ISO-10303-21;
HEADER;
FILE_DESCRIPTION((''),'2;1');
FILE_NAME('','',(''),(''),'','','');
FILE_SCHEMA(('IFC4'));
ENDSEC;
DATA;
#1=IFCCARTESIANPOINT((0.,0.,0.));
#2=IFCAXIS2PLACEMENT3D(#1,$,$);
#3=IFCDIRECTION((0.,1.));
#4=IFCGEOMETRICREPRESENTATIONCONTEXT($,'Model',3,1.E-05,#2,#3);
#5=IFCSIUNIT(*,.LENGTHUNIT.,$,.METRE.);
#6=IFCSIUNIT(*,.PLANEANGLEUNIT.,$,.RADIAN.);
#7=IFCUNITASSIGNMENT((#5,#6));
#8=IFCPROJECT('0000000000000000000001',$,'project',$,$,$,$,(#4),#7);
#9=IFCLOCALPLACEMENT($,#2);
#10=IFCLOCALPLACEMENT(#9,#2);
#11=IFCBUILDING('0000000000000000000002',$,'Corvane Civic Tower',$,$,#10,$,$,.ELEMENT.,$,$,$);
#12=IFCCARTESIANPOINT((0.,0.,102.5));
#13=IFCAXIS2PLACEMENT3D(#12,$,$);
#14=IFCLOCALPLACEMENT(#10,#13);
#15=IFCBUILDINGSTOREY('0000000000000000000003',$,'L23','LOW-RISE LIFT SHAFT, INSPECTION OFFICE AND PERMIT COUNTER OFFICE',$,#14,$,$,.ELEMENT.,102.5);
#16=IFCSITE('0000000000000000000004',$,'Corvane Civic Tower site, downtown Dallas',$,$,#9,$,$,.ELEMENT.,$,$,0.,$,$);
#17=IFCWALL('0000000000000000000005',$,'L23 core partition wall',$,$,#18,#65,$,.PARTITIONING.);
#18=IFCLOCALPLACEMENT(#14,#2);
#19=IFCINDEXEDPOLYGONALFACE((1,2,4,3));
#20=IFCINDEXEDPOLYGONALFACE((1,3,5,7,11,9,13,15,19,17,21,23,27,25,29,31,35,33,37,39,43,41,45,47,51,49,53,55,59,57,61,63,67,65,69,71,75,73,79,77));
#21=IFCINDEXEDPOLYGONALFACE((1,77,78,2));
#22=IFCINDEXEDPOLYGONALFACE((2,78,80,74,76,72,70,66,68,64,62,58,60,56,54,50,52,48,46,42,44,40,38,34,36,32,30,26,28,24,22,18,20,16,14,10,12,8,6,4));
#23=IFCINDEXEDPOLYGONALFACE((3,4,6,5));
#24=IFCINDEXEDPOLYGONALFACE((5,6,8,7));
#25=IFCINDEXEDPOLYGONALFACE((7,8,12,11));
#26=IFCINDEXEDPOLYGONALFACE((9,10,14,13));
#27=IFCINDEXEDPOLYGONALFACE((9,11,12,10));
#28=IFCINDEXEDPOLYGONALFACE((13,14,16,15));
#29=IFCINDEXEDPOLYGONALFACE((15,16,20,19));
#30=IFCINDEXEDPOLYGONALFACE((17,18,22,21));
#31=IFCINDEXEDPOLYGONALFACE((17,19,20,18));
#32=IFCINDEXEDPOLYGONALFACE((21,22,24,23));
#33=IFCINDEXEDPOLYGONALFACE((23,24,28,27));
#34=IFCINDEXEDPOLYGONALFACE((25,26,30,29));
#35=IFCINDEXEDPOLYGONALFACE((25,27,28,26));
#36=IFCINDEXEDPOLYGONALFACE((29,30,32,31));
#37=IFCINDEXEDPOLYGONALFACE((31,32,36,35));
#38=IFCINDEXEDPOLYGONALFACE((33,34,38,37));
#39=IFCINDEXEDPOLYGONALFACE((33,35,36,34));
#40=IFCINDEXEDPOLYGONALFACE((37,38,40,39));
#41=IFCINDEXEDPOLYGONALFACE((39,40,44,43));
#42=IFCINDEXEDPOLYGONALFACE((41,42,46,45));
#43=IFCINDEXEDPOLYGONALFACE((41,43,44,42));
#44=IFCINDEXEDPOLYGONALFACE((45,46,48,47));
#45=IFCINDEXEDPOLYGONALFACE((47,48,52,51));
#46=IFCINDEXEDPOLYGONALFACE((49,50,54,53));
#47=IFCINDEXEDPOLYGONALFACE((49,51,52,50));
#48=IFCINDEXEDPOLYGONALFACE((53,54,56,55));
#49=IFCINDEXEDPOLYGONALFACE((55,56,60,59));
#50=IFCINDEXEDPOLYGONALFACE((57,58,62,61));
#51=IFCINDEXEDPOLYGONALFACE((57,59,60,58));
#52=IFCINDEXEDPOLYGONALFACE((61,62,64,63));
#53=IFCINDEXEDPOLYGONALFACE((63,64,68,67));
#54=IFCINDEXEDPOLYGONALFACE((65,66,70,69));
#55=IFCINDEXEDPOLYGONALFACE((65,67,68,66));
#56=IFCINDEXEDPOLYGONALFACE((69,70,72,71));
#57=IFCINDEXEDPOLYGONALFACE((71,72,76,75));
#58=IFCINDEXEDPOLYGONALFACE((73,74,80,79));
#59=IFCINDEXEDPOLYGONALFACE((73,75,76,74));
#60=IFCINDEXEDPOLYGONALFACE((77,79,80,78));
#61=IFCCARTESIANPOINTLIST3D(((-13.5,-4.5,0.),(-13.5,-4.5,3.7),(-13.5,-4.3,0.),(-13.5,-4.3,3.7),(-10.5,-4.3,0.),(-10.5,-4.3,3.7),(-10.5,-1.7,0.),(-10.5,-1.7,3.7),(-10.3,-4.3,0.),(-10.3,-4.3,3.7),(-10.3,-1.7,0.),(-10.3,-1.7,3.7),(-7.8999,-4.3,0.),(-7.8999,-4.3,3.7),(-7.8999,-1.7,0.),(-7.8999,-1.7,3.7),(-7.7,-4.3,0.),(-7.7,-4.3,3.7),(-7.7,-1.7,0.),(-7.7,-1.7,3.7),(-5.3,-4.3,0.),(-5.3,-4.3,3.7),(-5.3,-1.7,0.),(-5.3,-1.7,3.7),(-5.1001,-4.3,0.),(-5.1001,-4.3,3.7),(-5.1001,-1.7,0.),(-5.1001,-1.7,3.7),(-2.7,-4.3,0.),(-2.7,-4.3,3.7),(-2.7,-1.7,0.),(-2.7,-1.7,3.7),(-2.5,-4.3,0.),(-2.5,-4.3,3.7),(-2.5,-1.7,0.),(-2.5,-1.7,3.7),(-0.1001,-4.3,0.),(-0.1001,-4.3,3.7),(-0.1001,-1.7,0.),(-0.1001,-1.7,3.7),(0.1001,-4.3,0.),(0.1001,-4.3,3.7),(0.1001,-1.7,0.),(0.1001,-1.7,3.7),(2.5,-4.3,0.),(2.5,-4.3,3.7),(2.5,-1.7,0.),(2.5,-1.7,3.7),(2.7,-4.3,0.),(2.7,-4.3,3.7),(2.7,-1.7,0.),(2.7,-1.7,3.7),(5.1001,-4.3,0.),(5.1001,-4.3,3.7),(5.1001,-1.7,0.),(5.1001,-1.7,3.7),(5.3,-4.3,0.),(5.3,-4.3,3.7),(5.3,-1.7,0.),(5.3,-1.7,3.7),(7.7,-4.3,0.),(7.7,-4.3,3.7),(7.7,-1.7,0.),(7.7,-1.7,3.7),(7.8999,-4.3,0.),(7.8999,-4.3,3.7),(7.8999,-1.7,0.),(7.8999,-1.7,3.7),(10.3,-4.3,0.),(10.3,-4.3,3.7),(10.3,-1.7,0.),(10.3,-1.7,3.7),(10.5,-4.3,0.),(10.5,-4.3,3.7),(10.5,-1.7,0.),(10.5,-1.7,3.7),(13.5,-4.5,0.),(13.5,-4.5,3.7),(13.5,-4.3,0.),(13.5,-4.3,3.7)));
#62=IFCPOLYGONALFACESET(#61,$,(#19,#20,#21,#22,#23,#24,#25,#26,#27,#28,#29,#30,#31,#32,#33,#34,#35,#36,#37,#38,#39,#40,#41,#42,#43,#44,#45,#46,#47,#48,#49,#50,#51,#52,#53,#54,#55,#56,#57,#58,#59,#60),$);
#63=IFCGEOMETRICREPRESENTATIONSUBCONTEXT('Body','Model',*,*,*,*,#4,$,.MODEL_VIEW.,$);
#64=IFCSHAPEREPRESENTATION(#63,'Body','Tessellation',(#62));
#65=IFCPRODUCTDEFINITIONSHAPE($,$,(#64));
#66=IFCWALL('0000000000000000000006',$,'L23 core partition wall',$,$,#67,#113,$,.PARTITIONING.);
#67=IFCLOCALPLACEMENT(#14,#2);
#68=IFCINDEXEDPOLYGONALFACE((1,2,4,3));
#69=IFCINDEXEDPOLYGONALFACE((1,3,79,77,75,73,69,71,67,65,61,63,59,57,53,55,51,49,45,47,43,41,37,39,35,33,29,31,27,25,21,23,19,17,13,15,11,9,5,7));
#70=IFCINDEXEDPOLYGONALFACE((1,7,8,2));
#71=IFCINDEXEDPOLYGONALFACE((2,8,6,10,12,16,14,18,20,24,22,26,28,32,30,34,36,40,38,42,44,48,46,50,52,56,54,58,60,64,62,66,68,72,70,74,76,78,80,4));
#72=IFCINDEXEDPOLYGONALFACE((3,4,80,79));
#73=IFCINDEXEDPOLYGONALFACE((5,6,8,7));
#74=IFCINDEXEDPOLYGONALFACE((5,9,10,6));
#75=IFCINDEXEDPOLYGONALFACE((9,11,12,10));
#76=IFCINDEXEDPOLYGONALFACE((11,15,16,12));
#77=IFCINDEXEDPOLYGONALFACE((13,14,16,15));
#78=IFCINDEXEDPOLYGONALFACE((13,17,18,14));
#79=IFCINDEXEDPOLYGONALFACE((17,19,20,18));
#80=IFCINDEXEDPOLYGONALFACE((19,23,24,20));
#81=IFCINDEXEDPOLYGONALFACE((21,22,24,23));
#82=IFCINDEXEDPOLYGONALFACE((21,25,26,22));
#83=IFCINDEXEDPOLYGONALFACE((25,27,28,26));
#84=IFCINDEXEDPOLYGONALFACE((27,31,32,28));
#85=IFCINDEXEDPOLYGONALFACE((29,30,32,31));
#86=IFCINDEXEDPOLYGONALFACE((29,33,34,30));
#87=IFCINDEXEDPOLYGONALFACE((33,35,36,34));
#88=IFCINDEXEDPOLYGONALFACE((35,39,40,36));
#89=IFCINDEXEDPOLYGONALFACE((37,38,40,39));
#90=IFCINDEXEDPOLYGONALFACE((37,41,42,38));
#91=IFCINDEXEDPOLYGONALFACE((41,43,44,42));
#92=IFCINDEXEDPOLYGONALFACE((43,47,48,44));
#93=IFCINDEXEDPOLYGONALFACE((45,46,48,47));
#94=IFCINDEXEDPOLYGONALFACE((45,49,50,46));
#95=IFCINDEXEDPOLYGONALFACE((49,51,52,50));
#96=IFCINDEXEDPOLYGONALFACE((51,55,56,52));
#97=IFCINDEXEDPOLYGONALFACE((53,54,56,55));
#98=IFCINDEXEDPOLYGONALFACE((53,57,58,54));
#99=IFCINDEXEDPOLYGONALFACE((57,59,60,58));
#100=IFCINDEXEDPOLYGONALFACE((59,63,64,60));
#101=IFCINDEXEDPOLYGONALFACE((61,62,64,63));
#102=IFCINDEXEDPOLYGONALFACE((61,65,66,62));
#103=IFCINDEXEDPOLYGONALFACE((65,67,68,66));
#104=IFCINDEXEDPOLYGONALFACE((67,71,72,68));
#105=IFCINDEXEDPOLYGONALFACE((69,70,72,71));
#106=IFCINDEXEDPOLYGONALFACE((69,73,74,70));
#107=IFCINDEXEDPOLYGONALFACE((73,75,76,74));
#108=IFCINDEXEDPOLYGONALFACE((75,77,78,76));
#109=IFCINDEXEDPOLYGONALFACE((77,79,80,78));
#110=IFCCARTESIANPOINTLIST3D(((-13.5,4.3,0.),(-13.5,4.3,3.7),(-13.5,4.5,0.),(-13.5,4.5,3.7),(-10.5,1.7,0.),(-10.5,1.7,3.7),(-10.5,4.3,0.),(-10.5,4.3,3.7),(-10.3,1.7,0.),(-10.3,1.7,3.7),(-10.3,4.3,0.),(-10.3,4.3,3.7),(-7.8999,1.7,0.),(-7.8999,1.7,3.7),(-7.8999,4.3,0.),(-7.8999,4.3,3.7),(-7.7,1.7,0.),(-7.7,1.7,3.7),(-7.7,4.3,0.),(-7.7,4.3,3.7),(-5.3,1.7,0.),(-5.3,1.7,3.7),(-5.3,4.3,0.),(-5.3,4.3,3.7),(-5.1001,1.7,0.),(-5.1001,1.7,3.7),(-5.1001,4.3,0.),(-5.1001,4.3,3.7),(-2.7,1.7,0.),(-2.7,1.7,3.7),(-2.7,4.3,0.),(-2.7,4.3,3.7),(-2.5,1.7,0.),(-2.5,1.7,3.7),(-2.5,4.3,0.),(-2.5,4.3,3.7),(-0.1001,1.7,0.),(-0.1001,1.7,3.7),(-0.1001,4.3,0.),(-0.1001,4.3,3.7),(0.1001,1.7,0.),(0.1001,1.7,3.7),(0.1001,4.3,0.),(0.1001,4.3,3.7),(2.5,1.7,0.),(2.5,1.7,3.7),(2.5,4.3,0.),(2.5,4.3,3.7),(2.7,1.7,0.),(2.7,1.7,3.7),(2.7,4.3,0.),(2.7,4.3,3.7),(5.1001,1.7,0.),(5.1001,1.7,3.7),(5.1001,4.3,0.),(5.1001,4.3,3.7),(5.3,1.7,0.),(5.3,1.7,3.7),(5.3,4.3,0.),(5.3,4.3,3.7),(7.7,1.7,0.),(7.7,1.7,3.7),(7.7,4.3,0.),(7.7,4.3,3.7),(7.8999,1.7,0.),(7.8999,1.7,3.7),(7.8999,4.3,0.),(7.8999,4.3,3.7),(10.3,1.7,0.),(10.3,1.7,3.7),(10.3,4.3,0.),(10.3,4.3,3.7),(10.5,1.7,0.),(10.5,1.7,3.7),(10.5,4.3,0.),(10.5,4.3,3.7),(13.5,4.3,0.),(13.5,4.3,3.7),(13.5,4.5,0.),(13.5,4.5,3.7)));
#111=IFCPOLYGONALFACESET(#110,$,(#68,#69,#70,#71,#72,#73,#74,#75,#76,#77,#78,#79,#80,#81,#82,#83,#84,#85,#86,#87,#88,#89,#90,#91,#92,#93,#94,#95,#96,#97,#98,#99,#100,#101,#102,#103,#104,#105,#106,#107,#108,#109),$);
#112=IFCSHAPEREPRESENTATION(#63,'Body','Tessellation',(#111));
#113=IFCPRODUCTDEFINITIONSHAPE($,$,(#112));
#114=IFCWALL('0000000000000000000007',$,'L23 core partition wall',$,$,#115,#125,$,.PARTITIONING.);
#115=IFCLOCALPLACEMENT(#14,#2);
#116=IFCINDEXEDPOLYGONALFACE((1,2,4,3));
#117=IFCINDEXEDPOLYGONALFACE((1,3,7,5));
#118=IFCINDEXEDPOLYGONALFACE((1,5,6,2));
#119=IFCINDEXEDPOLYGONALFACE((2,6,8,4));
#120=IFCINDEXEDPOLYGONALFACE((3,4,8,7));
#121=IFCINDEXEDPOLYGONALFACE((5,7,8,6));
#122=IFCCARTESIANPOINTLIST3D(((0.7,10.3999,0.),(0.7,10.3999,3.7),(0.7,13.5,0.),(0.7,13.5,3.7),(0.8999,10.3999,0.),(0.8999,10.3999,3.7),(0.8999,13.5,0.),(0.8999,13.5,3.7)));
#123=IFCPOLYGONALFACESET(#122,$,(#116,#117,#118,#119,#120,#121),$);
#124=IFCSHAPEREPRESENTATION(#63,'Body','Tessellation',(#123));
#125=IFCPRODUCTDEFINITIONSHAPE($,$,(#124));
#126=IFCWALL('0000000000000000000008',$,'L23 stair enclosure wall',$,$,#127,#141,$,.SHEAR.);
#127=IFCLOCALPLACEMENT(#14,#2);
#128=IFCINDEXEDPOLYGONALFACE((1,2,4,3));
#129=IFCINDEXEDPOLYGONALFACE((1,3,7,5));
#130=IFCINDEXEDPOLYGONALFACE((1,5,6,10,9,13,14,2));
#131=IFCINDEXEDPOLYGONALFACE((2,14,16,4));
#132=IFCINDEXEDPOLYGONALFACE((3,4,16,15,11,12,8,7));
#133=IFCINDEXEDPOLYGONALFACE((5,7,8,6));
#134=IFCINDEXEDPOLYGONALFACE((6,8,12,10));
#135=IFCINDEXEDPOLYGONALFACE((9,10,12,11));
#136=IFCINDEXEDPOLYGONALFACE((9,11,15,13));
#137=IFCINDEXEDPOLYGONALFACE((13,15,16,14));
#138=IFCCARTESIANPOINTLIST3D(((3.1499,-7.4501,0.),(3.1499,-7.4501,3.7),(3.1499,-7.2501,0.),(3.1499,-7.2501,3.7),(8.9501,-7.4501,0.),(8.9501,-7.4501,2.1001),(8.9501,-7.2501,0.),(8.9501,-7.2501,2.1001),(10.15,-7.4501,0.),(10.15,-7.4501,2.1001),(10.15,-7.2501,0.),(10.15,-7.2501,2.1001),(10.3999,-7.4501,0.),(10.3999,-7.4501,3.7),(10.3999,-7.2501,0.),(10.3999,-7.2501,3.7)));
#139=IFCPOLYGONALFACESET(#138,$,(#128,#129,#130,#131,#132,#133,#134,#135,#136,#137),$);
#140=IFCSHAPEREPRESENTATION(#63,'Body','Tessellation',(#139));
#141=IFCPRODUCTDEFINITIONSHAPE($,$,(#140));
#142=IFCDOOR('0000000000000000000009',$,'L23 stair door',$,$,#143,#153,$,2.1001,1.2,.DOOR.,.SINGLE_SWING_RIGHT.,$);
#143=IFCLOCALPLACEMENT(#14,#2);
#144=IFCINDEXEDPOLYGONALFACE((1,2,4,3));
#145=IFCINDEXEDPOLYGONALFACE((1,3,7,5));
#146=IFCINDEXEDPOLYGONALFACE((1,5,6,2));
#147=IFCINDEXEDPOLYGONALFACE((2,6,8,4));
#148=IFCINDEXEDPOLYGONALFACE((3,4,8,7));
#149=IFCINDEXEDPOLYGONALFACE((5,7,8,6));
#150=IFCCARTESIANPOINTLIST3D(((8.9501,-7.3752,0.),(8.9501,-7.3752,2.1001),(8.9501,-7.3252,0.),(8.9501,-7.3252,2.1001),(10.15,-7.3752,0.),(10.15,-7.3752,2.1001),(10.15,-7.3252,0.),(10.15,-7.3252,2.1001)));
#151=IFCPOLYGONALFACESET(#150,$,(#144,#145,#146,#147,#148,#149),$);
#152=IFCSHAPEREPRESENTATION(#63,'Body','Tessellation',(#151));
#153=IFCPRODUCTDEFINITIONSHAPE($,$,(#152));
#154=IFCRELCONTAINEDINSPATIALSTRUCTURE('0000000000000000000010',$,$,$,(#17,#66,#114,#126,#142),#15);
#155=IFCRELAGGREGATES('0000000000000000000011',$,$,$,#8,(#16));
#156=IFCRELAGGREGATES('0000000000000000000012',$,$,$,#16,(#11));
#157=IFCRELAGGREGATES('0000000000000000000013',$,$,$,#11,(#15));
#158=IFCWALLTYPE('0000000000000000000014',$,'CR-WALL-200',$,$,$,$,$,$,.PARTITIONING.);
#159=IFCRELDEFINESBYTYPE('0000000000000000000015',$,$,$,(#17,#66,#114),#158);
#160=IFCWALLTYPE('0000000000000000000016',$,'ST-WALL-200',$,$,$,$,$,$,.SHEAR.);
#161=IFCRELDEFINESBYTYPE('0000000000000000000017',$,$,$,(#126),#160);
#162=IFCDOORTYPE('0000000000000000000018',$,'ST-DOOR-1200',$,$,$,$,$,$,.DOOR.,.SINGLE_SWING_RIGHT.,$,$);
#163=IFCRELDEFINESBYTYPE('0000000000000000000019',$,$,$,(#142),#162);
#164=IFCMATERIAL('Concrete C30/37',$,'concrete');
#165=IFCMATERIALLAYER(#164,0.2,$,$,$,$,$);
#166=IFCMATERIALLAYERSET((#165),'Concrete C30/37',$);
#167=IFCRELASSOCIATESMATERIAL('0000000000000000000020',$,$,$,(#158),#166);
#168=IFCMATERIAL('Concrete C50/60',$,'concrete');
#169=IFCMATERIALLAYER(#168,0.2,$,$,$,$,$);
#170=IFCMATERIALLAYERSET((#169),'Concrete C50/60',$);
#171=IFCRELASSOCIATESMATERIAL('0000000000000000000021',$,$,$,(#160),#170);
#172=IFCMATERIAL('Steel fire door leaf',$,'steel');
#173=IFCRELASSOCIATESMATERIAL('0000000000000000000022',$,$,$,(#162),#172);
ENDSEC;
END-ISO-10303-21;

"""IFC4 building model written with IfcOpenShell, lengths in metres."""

from ifc_helpers import new_model, si_unit, direction, frame, frame_2d, origin, place, context, subcontext, project, spatial, polyline, rectangle, outline, extrude, material, layer, layer_set, type_object, element, fill, save


model = new_model("IFC4")

# Units and contexts
model_context = context("Model", 3, precision=1e-05, world=origin(), true_north=direction((0.0, 1.0)))
body_context = subcontext(model_context, "Body", "Model", "MODEL_VIEW")
ifc_project = project(units=[si_unit("LENGTHUNIT", "METRE"), si_unit("PLANEANGLEUNIT", "RADIAN")], contexts=[model_context])

# Site, building, storey
site_placement = place(None, origin())
site = spatial("IfcSite", under=ifc_project, at=site_placement, Name="Corvane Civic Tower site, downtown Dallas", CompositionType="ELEMENT", RefElevation=0.0)
building_placement = place(site_placement, origin())
building = spatial("IfcBuilding", under=site, at=building_placement, Name="Corvane Civic Tower", CompositionType="ELEMENT")
storey_placement = place(building_placement, frame((0.0, 0.0, 102.5)))
storey = spatial("IfcBuildingStorey", under=building, at=storey_placement, Name="L23", Description="LOW-RISE LIFT SHAFT, INSPECTION OFFICE AND PERMIT COUNTER OFFICE", CompositionType="ELEMENT", Elevation=102.5)

# Shared definitions
ifc_material_1 = material(Name="Concrete C30/37", Category="concrete")
ifc_layer_1 = layer(ifc_material_1, 0.2)
ifc_layer_set_1 = layer_set([ifc_layer_1], Name="Concrete C30/37")
wall_type_1 = type_object("IfcWallType", Name="CR-WALL-200", PredefinedType="PARTITIONING", material=ifc_layer_set_1)

# Walls
wall_1_placement = place(storey_placement, origin())
element("IfcWall", 1, at=wall_1_placement, inside=storey, type_object=wall_type_1, Name="L23 core partition wall", PredefinedType="PARTITIONING", context=body_context, shape_type="SweptSolid", body=[
    extrude(outline(polyline([(-10.5, -1.7), (-10.3, -1.7), (-10.3, -4.3), (-7.8999, -4.3), (-7.8999, -1.7), (-7.7, -1.7), (-7.7, -4.3), (-5.3, -4.3), (-5.3, -1.7), (-5.1001, -1.7), (-5.1001, -4.3), (-2.7, -4.3), (-2.7, -1.7), (-2.5, -1.7), (-2.5, -4.3), (-0.1001, -4.3), (-0.1001, -1.7), (0.1001, -1.7), (0.1001, -4.3), (2.5, -4.3), (2.5, -1.7), (2.7, -1.7), (2.7, -4.3), (5.1001, -4.3), (5.1001, -1.7), (5.3, -1.7), (5.3, -4.3), (7.7, -4.3), (7.7, -1.7), (7.8999, -1.7), (7.8999, -4.3), (10.3, -4.3), (10.3, -1.7), (10.5, -1.7), (10.5, -4.3), (13.5, -4.3), (13.5, -4.5), (-13.5, -4.5), (-13.5, -4.3), (-10.5, -4.3), (-10.5, -1.7)])), origin(), (0.0, 0.0, 1.0), 3.7),
])
wall_2_placement = place(storey_placement, origin())
element("IfcWall", 2, at=wall_2_placement, inside=storey, type_object=wall_type_1, Name="L23 core partition wall", PredefinedType="PARTITIONING", context=body_context, shape_type="SweptSolid", body=[
    extrude(outline(polyline([(-5.1001, 4.3), (-5.1001, 1.7), (-5.3, 1.7), (-5.3, 4.3), (-7.7, 4.3), (-7.7, 1.7), (-7.8999, 1.7), (-7.8999, 4.3), (-10.3, 4.3), (-10.3, 1.7), (-10.5, 1.7), (-10.5, 4.3), (-13.5, 4.3), (-13.5, 4.5), (13.5, 4.5), (13.5, 4.3), (10.5, 4.3), (10.5, 1.7), (10.3, 1.7), (10.3, 4.3), (7.8999, 4.3), (7.8999, 1.7), (7.7, 1.7), (7.7, 4.3), (5.3, 4.3), (5.3, 1.7), (5.1001, 1.7), (5.1001, 4.3), (2.7, 4.3), (2.7, 1.7), (2.5, 1.7), (2.5, 4.3), (0.1001, 4.3), (0.1001, 1.7), (-0.1001, 1.7), (-0.1001, 4.3), (-2.5, 4.3), (-2.5, 1.7), (-2.7, 1.7), (-2.7, 4.3), (-5.1001, 4.3)])), origin(), (0.0, 0.0, 1.0), 3.7),
])
wall_3_placement = place(storey_placement, origin())
element("IfcWall", 3, at=wall_3_placement, inside=storey, type_object=wall_type_1, Name="L23 core partition wall", PredefinedType="PARTITIONING", context=body_context, shape_type="SweptSolid", body=[
    extrude(outline(polyline([(0.8999, 10.3999), (0.7, 10.3999), (0.7, 13.5), (0.8999, 13.5), (0.8999, 10.3999)])), origin(), (0.0, 0.0, 1.0), 3.7),
])

# Wall, opening, door
ifc_material_2 = material(Name="Concrete C50/60", Category="concrete")
ifc_layer_2 = layer(ifc_material_2, 0.2)
ifc_layer_set_2 = layer_set([ifc_layer_2], Name="Concrete C50/60")
wall_type_2 = type_object("IfcWallType", Name="ST-WALL-200", PredefinedType="SHEAR", material=ifc_layer_set_2)
wall_4_placement = place(storey_placement, frame((3.1499, -7.3501, 0.0), z_axis=(0.0, 0.0, 1.0), x_axis=(1.0, 0.0, 0.0)))
wall_4 = element("IfcWall", 4, at=wall_4_placement, inside=storey, type_object=wall_type_2, Name="L23 stair enclosure wall", PredefinedType="SHEAR", context=body_context, shape_type="SweptSolid", body=[
    extrude(rectangle(XDim=7.25, YDim=0.2, at=frame_2d((3.625, 0.0))), origin(), (0.0, 0.0, 1.0), 3.7),
])
opening_1_placement = place(wall_4_placement, frame((5.8, 0.0, 0.0)))
opening_1 = element("IfcOpeningElement", 5, at=opening_1_placement, cuts=wall_4, PredefinedType="OPENING", context=body_context, shape_type="SweptSolid", body=[
    extrude(rectangle(XDim=1.2, YDim=2.1001, at=frame_2d((0.6001, 1.05))), frame((0.0, 0.1099, 0.0), z_axis=(0.0, -1.0, 0.0), x_axis=(1.0, 0.0, 0.0)), (0.0, 0.0, 1.0), 0.22),
])
ifc_material_3 = material(Name="Steel fire door leaf", Category="steel")
door_type_1 = type_object("IfcDoorType", Name="ST-DOOR-1200", OperationType="SINGLE_SWING_RIGHT", PredefinedType="DOOR", material=ifc_material_3)
door_1_placement = place(opening_1_placement, origin())
door_1 = element("IfcDoor", 6, at=door_1_placement, inside=storey, type_object=door_type_1, Name="L23 stair door", OperationType="SINGLE_SWING_RIGHT", OverallHeight=2.1001, OverallWidth=1.2, PredefinedType="DOOR", context=body_context, shape_type="SweptSolid", body=[
    extrude(rectangle(XDim=1.2, YDim=2.1001, at=frame_2d((0.6001, 1.05))), frame((0.0, 0.0249, 0.0), z_axis=(0.0, -1.0, 0.0), x_axis=(1.0, 0.0, 0.0)), (0.0, 0.0, 1.0), 0.05),
])
fill(opening_1, door_1)

save(model, "model.ifc")
